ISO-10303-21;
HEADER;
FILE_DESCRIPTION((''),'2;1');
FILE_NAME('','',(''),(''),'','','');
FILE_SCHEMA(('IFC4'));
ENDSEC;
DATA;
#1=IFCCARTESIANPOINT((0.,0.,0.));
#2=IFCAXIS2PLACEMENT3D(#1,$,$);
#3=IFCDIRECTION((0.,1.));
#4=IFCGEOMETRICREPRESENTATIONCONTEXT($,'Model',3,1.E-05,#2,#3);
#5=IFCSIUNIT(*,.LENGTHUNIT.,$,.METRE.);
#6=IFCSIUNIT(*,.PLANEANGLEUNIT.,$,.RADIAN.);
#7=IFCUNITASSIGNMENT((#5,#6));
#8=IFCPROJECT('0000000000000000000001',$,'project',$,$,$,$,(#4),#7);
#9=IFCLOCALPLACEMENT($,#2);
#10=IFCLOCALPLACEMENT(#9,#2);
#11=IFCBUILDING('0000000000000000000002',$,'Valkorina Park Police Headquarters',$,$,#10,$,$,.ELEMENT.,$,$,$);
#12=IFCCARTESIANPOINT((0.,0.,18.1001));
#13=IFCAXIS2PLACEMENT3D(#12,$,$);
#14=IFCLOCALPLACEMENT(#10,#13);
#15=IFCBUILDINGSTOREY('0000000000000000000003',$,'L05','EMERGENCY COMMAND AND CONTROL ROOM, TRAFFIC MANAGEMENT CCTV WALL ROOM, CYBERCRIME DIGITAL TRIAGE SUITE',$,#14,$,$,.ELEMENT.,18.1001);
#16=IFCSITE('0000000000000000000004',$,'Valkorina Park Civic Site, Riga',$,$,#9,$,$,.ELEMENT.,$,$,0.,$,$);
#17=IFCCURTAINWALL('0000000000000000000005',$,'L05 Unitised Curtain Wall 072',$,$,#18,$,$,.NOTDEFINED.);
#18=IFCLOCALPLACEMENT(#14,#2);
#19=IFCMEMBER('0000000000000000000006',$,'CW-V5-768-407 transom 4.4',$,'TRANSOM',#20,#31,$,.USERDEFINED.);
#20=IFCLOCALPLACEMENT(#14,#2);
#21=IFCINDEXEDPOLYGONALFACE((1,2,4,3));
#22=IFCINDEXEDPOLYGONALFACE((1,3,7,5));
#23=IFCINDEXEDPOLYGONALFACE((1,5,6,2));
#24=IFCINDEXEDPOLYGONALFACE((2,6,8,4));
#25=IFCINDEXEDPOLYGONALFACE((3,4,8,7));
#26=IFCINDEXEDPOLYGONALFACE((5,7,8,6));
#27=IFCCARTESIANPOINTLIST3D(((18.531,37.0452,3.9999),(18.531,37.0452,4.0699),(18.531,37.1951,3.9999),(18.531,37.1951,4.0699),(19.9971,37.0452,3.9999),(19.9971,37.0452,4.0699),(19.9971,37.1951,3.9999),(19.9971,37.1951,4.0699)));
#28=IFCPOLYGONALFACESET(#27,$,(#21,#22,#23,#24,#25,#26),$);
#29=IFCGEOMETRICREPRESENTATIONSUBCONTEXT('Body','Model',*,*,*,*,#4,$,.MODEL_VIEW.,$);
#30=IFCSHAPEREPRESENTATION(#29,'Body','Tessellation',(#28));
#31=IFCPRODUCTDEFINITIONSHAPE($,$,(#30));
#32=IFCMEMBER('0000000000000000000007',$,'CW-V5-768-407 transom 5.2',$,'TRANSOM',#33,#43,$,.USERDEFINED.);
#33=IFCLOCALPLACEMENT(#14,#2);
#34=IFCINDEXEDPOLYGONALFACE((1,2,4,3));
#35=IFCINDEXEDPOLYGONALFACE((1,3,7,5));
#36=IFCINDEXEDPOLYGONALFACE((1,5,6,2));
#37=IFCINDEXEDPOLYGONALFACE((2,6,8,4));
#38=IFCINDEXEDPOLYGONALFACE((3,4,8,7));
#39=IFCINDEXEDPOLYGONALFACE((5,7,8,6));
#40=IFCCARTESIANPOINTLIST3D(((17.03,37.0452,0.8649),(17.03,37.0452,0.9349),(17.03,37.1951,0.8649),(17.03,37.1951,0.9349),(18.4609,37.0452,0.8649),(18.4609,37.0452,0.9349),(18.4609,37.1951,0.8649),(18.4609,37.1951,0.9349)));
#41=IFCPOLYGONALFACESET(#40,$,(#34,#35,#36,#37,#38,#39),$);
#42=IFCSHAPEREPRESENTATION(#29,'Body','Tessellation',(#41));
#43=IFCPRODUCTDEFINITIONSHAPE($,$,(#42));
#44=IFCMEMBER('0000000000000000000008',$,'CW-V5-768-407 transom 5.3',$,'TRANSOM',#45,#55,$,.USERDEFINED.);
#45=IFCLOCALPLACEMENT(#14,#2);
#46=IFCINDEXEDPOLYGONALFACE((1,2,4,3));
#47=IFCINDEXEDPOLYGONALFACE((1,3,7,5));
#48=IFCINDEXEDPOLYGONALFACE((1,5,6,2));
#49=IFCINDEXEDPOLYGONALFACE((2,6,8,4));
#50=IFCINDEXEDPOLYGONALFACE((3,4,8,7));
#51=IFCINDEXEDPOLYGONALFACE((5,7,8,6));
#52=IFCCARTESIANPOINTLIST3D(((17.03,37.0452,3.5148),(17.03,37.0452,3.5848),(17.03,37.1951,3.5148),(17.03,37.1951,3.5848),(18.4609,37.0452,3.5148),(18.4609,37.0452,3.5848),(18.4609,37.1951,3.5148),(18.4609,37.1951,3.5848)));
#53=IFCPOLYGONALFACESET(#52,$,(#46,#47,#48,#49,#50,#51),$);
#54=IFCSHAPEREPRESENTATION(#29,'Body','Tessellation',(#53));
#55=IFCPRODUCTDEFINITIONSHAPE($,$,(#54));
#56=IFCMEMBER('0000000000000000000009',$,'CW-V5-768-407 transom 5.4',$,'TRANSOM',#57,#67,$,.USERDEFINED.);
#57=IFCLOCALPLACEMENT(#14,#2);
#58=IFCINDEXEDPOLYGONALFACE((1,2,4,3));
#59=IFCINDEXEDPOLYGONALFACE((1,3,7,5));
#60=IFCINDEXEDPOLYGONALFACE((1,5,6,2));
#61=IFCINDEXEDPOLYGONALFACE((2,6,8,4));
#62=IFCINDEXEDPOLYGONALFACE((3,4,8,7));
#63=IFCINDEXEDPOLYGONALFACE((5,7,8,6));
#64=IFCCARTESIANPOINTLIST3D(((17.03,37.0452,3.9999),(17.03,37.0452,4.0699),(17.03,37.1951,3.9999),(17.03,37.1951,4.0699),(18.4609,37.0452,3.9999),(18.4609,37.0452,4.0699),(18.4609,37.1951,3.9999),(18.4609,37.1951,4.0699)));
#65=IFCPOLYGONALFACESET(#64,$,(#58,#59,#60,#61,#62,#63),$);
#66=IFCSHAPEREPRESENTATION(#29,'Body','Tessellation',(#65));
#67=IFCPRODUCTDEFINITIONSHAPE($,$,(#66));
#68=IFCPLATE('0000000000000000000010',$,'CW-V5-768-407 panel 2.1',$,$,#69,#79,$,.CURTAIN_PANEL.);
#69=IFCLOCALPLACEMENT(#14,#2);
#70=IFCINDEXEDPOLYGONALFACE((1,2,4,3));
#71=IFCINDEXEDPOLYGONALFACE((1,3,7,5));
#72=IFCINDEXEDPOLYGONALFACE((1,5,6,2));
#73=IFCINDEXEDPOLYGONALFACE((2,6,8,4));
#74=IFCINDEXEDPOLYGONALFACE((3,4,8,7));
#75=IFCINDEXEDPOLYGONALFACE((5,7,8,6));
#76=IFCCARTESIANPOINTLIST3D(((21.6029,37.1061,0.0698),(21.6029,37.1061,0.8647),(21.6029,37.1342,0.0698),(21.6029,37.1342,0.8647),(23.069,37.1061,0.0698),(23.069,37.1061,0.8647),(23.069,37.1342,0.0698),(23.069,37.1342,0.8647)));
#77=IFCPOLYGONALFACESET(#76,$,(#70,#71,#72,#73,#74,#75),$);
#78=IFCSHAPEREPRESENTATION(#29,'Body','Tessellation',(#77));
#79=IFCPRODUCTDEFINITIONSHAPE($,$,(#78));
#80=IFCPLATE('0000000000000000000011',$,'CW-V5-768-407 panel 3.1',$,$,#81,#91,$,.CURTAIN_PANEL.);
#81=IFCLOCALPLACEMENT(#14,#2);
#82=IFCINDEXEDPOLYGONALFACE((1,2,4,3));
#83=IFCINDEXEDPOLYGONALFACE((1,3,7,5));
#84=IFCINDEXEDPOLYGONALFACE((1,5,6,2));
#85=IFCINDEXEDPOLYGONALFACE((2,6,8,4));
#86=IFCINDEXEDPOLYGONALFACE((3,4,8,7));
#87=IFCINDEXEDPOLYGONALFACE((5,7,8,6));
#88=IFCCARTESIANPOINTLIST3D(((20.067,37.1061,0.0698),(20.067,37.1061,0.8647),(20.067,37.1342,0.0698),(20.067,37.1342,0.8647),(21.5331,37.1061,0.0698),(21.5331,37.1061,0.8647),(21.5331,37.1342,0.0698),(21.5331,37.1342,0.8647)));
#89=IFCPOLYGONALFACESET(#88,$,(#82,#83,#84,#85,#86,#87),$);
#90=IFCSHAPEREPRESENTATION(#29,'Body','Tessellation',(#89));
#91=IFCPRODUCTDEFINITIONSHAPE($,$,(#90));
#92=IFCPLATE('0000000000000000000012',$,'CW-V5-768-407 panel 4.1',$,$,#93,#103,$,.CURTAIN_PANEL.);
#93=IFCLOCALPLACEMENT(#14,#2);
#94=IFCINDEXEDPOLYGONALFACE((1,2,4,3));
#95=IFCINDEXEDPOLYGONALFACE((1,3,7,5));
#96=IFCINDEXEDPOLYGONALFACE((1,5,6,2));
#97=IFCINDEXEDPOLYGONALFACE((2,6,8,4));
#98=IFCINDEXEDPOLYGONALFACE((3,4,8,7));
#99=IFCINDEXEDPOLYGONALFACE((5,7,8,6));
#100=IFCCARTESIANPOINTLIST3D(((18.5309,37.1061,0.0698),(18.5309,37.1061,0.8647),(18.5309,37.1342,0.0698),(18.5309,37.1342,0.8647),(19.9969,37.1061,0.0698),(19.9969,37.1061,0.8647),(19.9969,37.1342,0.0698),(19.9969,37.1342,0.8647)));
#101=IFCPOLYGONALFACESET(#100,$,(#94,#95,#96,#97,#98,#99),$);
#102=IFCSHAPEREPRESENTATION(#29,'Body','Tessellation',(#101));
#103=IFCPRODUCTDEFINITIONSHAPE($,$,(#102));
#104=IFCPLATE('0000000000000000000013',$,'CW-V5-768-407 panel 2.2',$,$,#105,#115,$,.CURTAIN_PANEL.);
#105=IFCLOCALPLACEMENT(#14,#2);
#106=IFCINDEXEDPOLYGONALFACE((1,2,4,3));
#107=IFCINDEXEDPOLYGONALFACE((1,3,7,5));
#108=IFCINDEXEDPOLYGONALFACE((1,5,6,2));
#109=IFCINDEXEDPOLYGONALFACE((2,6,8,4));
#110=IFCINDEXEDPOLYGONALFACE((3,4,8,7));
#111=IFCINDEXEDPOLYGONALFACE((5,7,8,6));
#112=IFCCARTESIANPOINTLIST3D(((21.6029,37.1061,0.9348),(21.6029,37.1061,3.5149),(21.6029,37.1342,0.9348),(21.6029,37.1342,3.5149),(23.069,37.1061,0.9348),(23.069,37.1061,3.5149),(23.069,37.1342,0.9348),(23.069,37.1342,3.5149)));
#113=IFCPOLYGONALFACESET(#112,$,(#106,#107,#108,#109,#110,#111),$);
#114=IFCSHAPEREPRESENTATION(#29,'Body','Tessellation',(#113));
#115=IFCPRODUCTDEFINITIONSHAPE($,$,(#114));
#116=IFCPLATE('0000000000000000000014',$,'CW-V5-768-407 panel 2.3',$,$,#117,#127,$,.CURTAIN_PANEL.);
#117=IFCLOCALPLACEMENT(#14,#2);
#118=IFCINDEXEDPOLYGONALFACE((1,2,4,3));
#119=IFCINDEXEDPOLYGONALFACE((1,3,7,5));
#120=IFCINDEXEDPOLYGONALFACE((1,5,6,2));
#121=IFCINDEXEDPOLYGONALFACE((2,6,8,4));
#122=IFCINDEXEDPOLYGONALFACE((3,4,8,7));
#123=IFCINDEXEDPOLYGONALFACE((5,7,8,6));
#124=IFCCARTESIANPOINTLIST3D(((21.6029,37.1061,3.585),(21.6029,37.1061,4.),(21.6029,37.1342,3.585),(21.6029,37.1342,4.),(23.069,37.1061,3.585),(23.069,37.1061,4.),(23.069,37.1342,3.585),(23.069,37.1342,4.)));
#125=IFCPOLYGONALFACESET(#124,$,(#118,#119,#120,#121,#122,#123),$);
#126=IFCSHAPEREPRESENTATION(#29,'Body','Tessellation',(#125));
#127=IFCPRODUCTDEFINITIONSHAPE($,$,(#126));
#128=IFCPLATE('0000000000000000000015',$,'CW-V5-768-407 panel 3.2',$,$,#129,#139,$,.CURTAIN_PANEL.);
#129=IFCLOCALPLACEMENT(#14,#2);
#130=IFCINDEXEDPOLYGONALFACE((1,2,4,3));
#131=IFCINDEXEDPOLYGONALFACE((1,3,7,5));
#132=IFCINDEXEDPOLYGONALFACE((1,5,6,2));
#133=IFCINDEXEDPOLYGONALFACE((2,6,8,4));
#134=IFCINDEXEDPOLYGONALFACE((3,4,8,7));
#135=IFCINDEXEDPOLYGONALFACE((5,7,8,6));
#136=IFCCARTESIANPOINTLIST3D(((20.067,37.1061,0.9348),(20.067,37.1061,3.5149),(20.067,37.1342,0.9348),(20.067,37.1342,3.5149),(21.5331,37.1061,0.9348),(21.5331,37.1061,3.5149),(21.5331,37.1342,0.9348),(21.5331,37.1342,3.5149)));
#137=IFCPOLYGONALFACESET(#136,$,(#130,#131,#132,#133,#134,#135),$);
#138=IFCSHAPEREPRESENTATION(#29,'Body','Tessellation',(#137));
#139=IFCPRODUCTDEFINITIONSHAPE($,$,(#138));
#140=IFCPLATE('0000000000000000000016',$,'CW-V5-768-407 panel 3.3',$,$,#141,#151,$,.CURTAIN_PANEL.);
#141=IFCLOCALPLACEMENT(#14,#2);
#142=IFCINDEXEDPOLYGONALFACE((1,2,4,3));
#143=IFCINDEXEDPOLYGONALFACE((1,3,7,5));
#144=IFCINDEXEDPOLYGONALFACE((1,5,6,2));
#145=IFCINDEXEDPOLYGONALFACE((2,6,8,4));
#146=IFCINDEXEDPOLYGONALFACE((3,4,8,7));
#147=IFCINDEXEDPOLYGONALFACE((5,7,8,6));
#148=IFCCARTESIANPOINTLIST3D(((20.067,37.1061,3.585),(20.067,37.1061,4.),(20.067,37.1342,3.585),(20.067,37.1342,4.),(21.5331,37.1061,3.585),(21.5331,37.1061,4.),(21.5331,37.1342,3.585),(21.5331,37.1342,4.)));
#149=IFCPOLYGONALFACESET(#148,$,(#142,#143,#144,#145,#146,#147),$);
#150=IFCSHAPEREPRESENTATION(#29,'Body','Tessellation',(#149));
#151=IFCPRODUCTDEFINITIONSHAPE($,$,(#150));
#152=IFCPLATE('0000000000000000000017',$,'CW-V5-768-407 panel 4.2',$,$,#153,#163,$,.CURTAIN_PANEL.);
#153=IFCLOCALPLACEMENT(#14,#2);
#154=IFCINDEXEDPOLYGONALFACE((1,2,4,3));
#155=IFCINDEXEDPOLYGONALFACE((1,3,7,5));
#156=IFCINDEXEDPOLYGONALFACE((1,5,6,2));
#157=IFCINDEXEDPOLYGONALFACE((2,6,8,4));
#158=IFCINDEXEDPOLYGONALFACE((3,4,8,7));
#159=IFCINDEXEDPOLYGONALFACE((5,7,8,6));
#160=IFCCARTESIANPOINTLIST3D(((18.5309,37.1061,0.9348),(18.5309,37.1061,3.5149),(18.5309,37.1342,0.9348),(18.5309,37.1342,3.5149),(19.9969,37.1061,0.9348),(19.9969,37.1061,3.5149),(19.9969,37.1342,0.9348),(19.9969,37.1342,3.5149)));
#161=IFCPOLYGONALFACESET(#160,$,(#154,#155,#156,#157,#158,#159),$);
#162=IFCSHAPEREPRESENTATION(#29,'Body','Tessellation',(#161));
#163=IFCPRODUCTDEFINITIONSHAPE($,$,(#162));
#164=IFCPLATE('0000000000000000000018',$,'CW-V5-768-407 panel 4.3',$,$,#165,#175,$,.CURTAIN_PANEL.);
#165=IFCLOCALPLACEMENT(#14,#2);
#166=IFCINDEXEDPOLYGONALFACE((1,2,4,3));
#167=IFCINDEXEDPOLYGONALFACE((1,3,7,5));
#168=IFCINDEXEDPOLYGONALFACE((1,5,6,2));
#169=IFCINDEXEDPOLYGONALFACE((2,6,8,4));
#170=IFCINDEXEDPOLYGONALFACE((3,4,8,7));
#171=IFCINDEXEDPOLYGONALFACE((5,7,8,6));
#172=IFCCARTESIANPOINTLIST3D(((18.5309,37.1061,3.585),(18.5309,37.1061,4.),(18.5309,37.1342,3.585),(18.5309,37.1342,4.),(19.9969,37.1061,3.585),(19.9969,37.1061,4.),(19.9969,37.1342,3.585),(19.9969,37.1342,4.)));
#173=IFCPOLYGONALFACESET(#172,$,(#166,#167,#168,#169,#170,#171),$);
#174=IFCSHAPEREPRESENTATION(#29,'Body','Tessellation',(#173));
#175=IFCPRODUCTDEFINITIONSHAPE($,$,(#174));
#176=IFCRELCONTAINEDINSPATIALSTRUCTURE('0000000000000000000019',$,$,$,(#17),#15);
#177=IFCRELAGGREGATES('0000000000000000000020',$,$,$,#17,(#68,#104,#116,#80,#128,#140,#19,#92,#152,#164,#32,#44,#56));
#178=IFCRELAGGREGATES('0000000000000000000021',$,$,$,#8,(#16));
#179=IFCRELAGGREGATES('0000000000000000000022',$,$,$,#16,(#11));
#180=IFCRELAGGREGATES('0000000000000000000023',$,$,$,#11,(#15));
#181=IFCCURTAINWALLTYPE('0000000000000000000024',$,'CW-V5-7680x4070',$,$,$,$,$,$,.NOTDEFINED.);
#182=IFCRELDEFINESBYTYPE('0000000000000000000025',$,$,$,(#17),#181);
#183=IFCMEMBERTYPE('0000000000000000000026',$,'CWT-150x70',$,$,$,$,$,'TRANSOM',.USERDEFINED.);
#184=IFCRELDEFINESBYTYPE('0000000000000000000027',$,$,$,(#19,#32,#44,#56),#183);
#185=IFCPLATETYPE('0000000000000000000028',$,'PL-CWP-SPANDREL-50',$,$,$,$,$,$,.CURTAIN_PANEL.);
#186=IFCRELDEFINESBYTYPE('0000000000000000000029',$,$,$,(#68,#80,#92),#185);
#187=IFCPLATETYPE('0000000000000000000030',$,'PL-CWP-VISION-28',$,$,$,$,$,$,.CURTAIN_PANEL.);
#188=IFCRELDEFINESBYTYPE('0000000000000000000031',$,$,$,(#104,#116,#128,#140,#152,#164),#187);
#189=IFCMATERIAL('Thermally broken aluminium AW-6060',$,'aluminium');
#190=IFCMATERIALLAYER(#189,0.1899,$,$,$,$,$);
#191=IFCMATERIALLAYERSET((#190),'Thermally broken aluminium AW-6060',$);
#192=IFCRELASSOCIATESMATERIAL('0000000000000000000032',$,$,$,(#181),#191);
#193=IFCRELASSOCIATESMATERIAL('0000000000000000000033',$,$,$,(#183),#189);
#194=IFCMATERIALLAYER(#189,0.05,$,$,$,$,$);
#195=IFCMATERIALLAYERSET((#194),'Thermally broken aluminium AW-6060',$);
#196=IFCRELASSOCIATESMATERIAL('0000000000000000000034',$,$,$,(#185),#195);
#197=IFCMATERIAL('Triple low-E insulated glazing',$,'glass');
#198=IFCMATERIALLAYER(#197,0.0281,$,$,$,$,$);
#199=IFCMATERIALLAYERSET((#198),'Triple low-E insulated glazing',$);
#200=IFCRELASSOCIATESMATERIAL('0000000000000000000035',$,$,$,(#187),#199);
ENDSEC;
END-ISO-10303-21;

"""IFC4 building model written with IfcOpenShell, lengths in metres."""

from ifc_helpers import new_model, si_unit, direction, frame, origin, origin_2d, place, context, subcontext, project, spatial, rectangle, extrude, material, layer, layer_set, material_profile, profile_set, type_object, element, aggregate, save


model = new_model("IFC4")

# Units and contexts
model_context = context("Model", 3, precision=1e-05, world=origin(), true_north=direction((0.0, 1.0)))
body_context = subcontext(model_context, "Body", "Model", "MODEL_VIEW")
ifc_project = project(units=[si_unit("LENGTHUNIT", "METRE"), si_unit("PLANEANGLEUNIT", "RADIAN")], contexts=[model_context])

# Site, building, storey
site_placement = place(None, origin())
site = spatial("IfcSite", under=ifc_project, at=site_placement, Name="Valkorina Park Civic Site, Riga", CompositionType="ELEMENT", RefElevation=0.0)
building_placement = place(site_placement, origin())
building = spatial("IfcBuilding", under=site, at=building_placement, Name="Valkorina Park Police Headquarters", CompositionType="ELEMENT")
storey_placement = place(building_placement, frame((0.0, 0.0, 18.1001)))
storey = spatial("IfcBuildingStorey", under=building, at=storey_placement, Name="L05", Description="EMERGENCY COMMAND AND CONTROL ROOM, TRAFFIC MANAGEMENT CCTV WALL ROOM, CYBERCRIME DIGITAL TRIAGE SUITE", CompositionType="ELEMENT", Elevation=18.1001)

# Curtain wall, members, plates
ifc_material_1 = material(Name="Thermally broken aluminium AW-6060", Category="aluminium")
ifc_layer_1 = layer(ifc_material_1, 0.1899)
ifc_layer_set_1 = layer_set([ifc_layer_1], Name="Thermally broken aluminium AW-6060")
curtain_wall_type = type_object("IfcCurtainWallType", Name="CW-V5-7680x4070", PredefinedType="NOTDEFINED", material=ifc_layer_set_1)
curtain_wall_placement = place(storey_placement, origin())
curtain_wall = element("IfcCurtainWall", 1, at=curtain_wall_placement, inside=storey, type_object=curtain_wall_type, Name="L05 Unitised Curtain Wall 072", PredefinedType="NOTDEFINED")
ifc_material_profile_1 = material_profile(ifc_material_1, rectangle(XDim=0.1499, YDim=0.0701, at=origin_2d()), Name="CWT-02 150x70")
ifc_profile_set_1 = profile_set([ifc_material_profile_1], Name="Thermally broken aluminium AW-6060")
member_type_1 = type_object("IfcMemberType", Name="CWT-150x70", ElementType="TRANSOM", PredefinedType="USERDEFINED", material=ifc_profile_set_1)
member_1_placement = place(storey_placement, frame((19.9971, 37.1201, 4.0349), z_axis=(-1.0, 0.0, 0.0), x_axis=(0.0, -1.0, 0.0)))
member_1 = element("IfcMember", 2, at=member_1_placement, type_object=member_type_1, Name="CW-V5-768-407 transom 4.4", ObjectType="TRANSOM", PredefinedType="USERDEFINED", context=body_context, shape_type="SweptSolid", body=[
    extrude(rectangle(XDim=0.1499, YDim=0.0701, at=origin_2d()), origin(), (0.0, 0.0, 1.0), 1.4661),
])
member_2_placement = place(storey_placement, frame((18.4609, 37.1201, 0.8999), z_axis=(-1.0, 0.0, 0.0), x_axis=(0.0, -1.0, 0.0)))
member_2 = element("IfcMember", 3, at=member_2_placement, type_object=member_type_1, Name="CW-V5-768-407 transom 5.2", ObjectType="TRANSOM", PredefinedType="USERDEFINED", context=body_context, shape_type="SweptSolid", body=[
    extrude(rectangle(XDim=0.1499, YDim=0.0701, at=origin_2d()), origin(), (0.0, 0.0, 1.0), 1.4309),
])
member_3_placement = place(storey_placement, frame((18.4609, 37.1201, 3.5498), z_axis=(-1.0, 0.0, 0.0), x_axis=(0.0, -1.0, 0.0)))
member_3 = element("IfcMember", 4, at=member_3_placement, type_object=member_type_1, Name="CW-V5-768-407 transom 5.3", ObjectType="TRANSOM", PredefinedType="USERDEFINED", context=body_context, shape_type="SweptSolid", body=[
    extrude(rectangle(XDim=0.1499, YDim=0.0701, at=origin_2d()), origin(), (0.0, 0.0, 1.0), 1.4309),
])
member_4_placement = place(storey_placement, frame((18.4609, 37.1201, 4.0349), z_axis=(-1.0, 0.0, 0.0), x_axis=(0.0, -1.0, 0.0)))
member_4 = element("IfcMember", 5, at=member_4_placement, type_object=member_type_1, Name="CW-V5-768-407 transom 5.4", ObjectType="TRANSOM", PredefinedType="USERDEFINED", context=body_context, shape_type="SweptSolid", body=[
    extrude(rectangle(XDim=0.1499, YDim=0.0701, at=origin_2d()), origin(), (0.0, 0.0, 1.0), 1.4309),
])
ifc_layer_2 = layer(ifc_material_1, 0.05)
ifc_layer_set_2 = layer_set([ifc_layer_2], Name="Thermally broken aluminium AW-6060")
plate_type_1 = type_object("IfcPlateType", Name="PL-CWP-SPANDREL-50", PredefinedType="CURTAIN_PANEL", material=ifc_layer_set_2)
plate_1_placement = place(storey_placement, frame((22.3359, 37.1201, 0.0698), z_axis=(0.0, 0.0, 1.0), x_axis=(-1.0, 0.0, 0.0)))
plate_1 = element("IfcPlate", 6, at=plate_1_placement, type_object=plate_type_1, Name="CW-V5-768-407 panel 2.1", PredefinedType="CURTAIN_PANEL", context=body_context, shape_type="SweptSolid", body=[
    extrude(rectangle(XDim=1.4661, YDim=0.0281, at=origin_2d()), origin(), (0.0, 0.0, 1.0), 0.7949),
])
plate_2_placement = place(storey_placement, frame((20.8, 37.1201, 0.0698), z_axis=(0.0, 0.0, 1.0), x_axis=(-1.0, 0.0, 0.0)))
plate_2 = element("IfcPlate", 7, at=plate_2_placement, type_object=plate_type_1, Name="CW-V5-768-407 panel 3.1", PredefinedType="CURTAIN_PANEL", context=body_context, shape_type="SweptSolid", body=[
    extrude(rectangle(XDim=1.4661, YDim=0.0281, at=origin_2d()), origin(), (0.0, 0.0, 1.0), 0.7949),
])
plate_3_placement = place(storey_placement, frame((19.2639, 37.1201, 0.0698), z_axis=(0.0, 0.0, 1.0), x_axis=(-1.0, 0.0, 0.0)))
plate_3 = element("IfcPlate", 8, at=plate_3_placement, type_object=plate_type_1, Name="CW-V5-768-407 panel 4.1", PredefinedType="CURTAIN_PANEL", context=body_context, shape_type="SweptSolid", body=[
    extrude(rectangle(XDim=1.4661, YDim=0.0281, at=origin_2d()), origin(), (0.0, 0.0, 1.0), 0.7949),
])
ifc_material_2 = material(Name="Triple low-E insulated glazing", Category="glass")
ifc_layer_3 = layer(ifc_material_2, 0.0281)
ifc_layer_set_3 = layer_set([ifc_layer_3], Name="Triple low-E insulated glazing")
plate_type_2 = type_object("IfcPlateType", Name="PL-CWP-VISION-28", PredefinedType="CURTAIN_PANEL", material=ifc_layer_set_3)
plate_4_placement = place(storey_placement, frame((22.3359, 37.1201, 0.9348), z_axis=(0.0, 0.0, 1.0), x_axis=(-1.0, 0.0, 0.0)))
plate_4 = element("IfcPlate", 9, at=plate_4_placement, type_object=plate_type_2, Name="CW-V5-768-407 panel 2.2", PredefinedType="CURTAIN_PANEL", context=body_context, shape_type="SweptSolid", body=[
    extrude(rectangle(XDim=1.4661, YDim=0.0281, at=origin_2d()), origin(), (0.0, 0.0, 1.0), 2.5801),
])
plate_5_placement = place(storey_placement, frame((22.3359, 37.1201, 3.585), z_axis=(0.0, 0.0, 1.0), x_axis=(-1.0, 0.0, 0.0)))
plate_5 = element("IfcPlate", 10, at=plate_5_placement, type_object=plate_type_2, Name="CW-V5-768-407 panel 2.3", PredefinedType="CURTAIN_PANEL", context=body_context, shape_type="SweptSolid", body=[
    extrude(rectangle(XDim=1.4661, YDim=0.0281, at=origin_2d()), origin(), (0.0, 0.0, 1.0), 0.415),
])
plate_6_placement = place(storey_placement, frame((20.8, 37.1201, 0.9348), z_axis=(0.0, 0.0, 1.0), x_axis=(-1.0, 0.0, 0.0)))
plate_6 = element("IfcPlate", 11, at=plate_6_placement, type_object=plate_type_2, Name="CW-V5-768-407 panel 3.2", PredefinedType="CURTAIN_PANEL", context=body_context, shape_type="SweptSolid", body=[
    extrude(rectangle(XDim=1.4661, YDim=0.0281, at=origin_2d()), origin(), (0.0, 0.0, 1.0), 2.5801),
])
plate_7_placement = place(storey_placement, frame((20.8, 37.1201, 3.585), z_axis=(0.0, 0.0, 1.0), x_axis=(-1.0, 0.0, 0.0)))
plate_7 = element("IfcPlate", 12, at=plate_7_placement, type_object=plate_type_2, Name="CW-V5-768-407 panel 3.3", PredefinedType="CURTAIN_PANEL", context=body_context, shape_type="SweptSolid", body=[
    extrude(rectangle(XDim=1.4661, YDim=0.0281, at=origin_2d()), origin(), (0.0, 0.0, 1.0), 0.415),
])
plate_8_placement = place(storey_placement, frame((19.2639, 37.1201, 0.9348), z_axis=(0.0, 0.0, 1.0), x_axis=(-1.0, 0.0, 0.0)))
plate_8 = element("IfcPlate", 13, at=plate_8_placement, type_object=plate_type_2, Name="CW-V5-768-407 panel 4.2", PredefinedType="CURTAIN_PANEL", context=body_context, shape_type="SweptSolid", body=[
    extrude(rectangle(XDim=1.4661, YDim=0.0281, at=origin_2d()), origin(), (0.0, 0.0, 1.0), 2.5801),
])
plate_9_placement = place(storey_placement, frame((19.2639, 37.1201, 3.585), z_axis=(0.0, 0.0, 1.0), x_axis=(-1.0, 0.0, 0.0)))
plate_9 = element("IfcPlate", 14, at=plate_9_placement, type_object=plate_type_2, Name="CW-V5-768-407 panel 4.3", PredefinedType="CURTAIN_PANEL", context=body_context, shape_type="SweptSolid", body=[
    extrude(rectangle(XDim=1.4661, YDim=0.0281, at=origin_2d()), origin(), (0.0, 0.0, 1.0), 0.415),
])
aggregate(curtain_wall, [plate_1, plate_4, plate_5, plate_2, plate_6, plate_7, member_1, plate_3, plate_8, plate_9, member_2, member_3, member_4])

save(model, "model.ifc")
